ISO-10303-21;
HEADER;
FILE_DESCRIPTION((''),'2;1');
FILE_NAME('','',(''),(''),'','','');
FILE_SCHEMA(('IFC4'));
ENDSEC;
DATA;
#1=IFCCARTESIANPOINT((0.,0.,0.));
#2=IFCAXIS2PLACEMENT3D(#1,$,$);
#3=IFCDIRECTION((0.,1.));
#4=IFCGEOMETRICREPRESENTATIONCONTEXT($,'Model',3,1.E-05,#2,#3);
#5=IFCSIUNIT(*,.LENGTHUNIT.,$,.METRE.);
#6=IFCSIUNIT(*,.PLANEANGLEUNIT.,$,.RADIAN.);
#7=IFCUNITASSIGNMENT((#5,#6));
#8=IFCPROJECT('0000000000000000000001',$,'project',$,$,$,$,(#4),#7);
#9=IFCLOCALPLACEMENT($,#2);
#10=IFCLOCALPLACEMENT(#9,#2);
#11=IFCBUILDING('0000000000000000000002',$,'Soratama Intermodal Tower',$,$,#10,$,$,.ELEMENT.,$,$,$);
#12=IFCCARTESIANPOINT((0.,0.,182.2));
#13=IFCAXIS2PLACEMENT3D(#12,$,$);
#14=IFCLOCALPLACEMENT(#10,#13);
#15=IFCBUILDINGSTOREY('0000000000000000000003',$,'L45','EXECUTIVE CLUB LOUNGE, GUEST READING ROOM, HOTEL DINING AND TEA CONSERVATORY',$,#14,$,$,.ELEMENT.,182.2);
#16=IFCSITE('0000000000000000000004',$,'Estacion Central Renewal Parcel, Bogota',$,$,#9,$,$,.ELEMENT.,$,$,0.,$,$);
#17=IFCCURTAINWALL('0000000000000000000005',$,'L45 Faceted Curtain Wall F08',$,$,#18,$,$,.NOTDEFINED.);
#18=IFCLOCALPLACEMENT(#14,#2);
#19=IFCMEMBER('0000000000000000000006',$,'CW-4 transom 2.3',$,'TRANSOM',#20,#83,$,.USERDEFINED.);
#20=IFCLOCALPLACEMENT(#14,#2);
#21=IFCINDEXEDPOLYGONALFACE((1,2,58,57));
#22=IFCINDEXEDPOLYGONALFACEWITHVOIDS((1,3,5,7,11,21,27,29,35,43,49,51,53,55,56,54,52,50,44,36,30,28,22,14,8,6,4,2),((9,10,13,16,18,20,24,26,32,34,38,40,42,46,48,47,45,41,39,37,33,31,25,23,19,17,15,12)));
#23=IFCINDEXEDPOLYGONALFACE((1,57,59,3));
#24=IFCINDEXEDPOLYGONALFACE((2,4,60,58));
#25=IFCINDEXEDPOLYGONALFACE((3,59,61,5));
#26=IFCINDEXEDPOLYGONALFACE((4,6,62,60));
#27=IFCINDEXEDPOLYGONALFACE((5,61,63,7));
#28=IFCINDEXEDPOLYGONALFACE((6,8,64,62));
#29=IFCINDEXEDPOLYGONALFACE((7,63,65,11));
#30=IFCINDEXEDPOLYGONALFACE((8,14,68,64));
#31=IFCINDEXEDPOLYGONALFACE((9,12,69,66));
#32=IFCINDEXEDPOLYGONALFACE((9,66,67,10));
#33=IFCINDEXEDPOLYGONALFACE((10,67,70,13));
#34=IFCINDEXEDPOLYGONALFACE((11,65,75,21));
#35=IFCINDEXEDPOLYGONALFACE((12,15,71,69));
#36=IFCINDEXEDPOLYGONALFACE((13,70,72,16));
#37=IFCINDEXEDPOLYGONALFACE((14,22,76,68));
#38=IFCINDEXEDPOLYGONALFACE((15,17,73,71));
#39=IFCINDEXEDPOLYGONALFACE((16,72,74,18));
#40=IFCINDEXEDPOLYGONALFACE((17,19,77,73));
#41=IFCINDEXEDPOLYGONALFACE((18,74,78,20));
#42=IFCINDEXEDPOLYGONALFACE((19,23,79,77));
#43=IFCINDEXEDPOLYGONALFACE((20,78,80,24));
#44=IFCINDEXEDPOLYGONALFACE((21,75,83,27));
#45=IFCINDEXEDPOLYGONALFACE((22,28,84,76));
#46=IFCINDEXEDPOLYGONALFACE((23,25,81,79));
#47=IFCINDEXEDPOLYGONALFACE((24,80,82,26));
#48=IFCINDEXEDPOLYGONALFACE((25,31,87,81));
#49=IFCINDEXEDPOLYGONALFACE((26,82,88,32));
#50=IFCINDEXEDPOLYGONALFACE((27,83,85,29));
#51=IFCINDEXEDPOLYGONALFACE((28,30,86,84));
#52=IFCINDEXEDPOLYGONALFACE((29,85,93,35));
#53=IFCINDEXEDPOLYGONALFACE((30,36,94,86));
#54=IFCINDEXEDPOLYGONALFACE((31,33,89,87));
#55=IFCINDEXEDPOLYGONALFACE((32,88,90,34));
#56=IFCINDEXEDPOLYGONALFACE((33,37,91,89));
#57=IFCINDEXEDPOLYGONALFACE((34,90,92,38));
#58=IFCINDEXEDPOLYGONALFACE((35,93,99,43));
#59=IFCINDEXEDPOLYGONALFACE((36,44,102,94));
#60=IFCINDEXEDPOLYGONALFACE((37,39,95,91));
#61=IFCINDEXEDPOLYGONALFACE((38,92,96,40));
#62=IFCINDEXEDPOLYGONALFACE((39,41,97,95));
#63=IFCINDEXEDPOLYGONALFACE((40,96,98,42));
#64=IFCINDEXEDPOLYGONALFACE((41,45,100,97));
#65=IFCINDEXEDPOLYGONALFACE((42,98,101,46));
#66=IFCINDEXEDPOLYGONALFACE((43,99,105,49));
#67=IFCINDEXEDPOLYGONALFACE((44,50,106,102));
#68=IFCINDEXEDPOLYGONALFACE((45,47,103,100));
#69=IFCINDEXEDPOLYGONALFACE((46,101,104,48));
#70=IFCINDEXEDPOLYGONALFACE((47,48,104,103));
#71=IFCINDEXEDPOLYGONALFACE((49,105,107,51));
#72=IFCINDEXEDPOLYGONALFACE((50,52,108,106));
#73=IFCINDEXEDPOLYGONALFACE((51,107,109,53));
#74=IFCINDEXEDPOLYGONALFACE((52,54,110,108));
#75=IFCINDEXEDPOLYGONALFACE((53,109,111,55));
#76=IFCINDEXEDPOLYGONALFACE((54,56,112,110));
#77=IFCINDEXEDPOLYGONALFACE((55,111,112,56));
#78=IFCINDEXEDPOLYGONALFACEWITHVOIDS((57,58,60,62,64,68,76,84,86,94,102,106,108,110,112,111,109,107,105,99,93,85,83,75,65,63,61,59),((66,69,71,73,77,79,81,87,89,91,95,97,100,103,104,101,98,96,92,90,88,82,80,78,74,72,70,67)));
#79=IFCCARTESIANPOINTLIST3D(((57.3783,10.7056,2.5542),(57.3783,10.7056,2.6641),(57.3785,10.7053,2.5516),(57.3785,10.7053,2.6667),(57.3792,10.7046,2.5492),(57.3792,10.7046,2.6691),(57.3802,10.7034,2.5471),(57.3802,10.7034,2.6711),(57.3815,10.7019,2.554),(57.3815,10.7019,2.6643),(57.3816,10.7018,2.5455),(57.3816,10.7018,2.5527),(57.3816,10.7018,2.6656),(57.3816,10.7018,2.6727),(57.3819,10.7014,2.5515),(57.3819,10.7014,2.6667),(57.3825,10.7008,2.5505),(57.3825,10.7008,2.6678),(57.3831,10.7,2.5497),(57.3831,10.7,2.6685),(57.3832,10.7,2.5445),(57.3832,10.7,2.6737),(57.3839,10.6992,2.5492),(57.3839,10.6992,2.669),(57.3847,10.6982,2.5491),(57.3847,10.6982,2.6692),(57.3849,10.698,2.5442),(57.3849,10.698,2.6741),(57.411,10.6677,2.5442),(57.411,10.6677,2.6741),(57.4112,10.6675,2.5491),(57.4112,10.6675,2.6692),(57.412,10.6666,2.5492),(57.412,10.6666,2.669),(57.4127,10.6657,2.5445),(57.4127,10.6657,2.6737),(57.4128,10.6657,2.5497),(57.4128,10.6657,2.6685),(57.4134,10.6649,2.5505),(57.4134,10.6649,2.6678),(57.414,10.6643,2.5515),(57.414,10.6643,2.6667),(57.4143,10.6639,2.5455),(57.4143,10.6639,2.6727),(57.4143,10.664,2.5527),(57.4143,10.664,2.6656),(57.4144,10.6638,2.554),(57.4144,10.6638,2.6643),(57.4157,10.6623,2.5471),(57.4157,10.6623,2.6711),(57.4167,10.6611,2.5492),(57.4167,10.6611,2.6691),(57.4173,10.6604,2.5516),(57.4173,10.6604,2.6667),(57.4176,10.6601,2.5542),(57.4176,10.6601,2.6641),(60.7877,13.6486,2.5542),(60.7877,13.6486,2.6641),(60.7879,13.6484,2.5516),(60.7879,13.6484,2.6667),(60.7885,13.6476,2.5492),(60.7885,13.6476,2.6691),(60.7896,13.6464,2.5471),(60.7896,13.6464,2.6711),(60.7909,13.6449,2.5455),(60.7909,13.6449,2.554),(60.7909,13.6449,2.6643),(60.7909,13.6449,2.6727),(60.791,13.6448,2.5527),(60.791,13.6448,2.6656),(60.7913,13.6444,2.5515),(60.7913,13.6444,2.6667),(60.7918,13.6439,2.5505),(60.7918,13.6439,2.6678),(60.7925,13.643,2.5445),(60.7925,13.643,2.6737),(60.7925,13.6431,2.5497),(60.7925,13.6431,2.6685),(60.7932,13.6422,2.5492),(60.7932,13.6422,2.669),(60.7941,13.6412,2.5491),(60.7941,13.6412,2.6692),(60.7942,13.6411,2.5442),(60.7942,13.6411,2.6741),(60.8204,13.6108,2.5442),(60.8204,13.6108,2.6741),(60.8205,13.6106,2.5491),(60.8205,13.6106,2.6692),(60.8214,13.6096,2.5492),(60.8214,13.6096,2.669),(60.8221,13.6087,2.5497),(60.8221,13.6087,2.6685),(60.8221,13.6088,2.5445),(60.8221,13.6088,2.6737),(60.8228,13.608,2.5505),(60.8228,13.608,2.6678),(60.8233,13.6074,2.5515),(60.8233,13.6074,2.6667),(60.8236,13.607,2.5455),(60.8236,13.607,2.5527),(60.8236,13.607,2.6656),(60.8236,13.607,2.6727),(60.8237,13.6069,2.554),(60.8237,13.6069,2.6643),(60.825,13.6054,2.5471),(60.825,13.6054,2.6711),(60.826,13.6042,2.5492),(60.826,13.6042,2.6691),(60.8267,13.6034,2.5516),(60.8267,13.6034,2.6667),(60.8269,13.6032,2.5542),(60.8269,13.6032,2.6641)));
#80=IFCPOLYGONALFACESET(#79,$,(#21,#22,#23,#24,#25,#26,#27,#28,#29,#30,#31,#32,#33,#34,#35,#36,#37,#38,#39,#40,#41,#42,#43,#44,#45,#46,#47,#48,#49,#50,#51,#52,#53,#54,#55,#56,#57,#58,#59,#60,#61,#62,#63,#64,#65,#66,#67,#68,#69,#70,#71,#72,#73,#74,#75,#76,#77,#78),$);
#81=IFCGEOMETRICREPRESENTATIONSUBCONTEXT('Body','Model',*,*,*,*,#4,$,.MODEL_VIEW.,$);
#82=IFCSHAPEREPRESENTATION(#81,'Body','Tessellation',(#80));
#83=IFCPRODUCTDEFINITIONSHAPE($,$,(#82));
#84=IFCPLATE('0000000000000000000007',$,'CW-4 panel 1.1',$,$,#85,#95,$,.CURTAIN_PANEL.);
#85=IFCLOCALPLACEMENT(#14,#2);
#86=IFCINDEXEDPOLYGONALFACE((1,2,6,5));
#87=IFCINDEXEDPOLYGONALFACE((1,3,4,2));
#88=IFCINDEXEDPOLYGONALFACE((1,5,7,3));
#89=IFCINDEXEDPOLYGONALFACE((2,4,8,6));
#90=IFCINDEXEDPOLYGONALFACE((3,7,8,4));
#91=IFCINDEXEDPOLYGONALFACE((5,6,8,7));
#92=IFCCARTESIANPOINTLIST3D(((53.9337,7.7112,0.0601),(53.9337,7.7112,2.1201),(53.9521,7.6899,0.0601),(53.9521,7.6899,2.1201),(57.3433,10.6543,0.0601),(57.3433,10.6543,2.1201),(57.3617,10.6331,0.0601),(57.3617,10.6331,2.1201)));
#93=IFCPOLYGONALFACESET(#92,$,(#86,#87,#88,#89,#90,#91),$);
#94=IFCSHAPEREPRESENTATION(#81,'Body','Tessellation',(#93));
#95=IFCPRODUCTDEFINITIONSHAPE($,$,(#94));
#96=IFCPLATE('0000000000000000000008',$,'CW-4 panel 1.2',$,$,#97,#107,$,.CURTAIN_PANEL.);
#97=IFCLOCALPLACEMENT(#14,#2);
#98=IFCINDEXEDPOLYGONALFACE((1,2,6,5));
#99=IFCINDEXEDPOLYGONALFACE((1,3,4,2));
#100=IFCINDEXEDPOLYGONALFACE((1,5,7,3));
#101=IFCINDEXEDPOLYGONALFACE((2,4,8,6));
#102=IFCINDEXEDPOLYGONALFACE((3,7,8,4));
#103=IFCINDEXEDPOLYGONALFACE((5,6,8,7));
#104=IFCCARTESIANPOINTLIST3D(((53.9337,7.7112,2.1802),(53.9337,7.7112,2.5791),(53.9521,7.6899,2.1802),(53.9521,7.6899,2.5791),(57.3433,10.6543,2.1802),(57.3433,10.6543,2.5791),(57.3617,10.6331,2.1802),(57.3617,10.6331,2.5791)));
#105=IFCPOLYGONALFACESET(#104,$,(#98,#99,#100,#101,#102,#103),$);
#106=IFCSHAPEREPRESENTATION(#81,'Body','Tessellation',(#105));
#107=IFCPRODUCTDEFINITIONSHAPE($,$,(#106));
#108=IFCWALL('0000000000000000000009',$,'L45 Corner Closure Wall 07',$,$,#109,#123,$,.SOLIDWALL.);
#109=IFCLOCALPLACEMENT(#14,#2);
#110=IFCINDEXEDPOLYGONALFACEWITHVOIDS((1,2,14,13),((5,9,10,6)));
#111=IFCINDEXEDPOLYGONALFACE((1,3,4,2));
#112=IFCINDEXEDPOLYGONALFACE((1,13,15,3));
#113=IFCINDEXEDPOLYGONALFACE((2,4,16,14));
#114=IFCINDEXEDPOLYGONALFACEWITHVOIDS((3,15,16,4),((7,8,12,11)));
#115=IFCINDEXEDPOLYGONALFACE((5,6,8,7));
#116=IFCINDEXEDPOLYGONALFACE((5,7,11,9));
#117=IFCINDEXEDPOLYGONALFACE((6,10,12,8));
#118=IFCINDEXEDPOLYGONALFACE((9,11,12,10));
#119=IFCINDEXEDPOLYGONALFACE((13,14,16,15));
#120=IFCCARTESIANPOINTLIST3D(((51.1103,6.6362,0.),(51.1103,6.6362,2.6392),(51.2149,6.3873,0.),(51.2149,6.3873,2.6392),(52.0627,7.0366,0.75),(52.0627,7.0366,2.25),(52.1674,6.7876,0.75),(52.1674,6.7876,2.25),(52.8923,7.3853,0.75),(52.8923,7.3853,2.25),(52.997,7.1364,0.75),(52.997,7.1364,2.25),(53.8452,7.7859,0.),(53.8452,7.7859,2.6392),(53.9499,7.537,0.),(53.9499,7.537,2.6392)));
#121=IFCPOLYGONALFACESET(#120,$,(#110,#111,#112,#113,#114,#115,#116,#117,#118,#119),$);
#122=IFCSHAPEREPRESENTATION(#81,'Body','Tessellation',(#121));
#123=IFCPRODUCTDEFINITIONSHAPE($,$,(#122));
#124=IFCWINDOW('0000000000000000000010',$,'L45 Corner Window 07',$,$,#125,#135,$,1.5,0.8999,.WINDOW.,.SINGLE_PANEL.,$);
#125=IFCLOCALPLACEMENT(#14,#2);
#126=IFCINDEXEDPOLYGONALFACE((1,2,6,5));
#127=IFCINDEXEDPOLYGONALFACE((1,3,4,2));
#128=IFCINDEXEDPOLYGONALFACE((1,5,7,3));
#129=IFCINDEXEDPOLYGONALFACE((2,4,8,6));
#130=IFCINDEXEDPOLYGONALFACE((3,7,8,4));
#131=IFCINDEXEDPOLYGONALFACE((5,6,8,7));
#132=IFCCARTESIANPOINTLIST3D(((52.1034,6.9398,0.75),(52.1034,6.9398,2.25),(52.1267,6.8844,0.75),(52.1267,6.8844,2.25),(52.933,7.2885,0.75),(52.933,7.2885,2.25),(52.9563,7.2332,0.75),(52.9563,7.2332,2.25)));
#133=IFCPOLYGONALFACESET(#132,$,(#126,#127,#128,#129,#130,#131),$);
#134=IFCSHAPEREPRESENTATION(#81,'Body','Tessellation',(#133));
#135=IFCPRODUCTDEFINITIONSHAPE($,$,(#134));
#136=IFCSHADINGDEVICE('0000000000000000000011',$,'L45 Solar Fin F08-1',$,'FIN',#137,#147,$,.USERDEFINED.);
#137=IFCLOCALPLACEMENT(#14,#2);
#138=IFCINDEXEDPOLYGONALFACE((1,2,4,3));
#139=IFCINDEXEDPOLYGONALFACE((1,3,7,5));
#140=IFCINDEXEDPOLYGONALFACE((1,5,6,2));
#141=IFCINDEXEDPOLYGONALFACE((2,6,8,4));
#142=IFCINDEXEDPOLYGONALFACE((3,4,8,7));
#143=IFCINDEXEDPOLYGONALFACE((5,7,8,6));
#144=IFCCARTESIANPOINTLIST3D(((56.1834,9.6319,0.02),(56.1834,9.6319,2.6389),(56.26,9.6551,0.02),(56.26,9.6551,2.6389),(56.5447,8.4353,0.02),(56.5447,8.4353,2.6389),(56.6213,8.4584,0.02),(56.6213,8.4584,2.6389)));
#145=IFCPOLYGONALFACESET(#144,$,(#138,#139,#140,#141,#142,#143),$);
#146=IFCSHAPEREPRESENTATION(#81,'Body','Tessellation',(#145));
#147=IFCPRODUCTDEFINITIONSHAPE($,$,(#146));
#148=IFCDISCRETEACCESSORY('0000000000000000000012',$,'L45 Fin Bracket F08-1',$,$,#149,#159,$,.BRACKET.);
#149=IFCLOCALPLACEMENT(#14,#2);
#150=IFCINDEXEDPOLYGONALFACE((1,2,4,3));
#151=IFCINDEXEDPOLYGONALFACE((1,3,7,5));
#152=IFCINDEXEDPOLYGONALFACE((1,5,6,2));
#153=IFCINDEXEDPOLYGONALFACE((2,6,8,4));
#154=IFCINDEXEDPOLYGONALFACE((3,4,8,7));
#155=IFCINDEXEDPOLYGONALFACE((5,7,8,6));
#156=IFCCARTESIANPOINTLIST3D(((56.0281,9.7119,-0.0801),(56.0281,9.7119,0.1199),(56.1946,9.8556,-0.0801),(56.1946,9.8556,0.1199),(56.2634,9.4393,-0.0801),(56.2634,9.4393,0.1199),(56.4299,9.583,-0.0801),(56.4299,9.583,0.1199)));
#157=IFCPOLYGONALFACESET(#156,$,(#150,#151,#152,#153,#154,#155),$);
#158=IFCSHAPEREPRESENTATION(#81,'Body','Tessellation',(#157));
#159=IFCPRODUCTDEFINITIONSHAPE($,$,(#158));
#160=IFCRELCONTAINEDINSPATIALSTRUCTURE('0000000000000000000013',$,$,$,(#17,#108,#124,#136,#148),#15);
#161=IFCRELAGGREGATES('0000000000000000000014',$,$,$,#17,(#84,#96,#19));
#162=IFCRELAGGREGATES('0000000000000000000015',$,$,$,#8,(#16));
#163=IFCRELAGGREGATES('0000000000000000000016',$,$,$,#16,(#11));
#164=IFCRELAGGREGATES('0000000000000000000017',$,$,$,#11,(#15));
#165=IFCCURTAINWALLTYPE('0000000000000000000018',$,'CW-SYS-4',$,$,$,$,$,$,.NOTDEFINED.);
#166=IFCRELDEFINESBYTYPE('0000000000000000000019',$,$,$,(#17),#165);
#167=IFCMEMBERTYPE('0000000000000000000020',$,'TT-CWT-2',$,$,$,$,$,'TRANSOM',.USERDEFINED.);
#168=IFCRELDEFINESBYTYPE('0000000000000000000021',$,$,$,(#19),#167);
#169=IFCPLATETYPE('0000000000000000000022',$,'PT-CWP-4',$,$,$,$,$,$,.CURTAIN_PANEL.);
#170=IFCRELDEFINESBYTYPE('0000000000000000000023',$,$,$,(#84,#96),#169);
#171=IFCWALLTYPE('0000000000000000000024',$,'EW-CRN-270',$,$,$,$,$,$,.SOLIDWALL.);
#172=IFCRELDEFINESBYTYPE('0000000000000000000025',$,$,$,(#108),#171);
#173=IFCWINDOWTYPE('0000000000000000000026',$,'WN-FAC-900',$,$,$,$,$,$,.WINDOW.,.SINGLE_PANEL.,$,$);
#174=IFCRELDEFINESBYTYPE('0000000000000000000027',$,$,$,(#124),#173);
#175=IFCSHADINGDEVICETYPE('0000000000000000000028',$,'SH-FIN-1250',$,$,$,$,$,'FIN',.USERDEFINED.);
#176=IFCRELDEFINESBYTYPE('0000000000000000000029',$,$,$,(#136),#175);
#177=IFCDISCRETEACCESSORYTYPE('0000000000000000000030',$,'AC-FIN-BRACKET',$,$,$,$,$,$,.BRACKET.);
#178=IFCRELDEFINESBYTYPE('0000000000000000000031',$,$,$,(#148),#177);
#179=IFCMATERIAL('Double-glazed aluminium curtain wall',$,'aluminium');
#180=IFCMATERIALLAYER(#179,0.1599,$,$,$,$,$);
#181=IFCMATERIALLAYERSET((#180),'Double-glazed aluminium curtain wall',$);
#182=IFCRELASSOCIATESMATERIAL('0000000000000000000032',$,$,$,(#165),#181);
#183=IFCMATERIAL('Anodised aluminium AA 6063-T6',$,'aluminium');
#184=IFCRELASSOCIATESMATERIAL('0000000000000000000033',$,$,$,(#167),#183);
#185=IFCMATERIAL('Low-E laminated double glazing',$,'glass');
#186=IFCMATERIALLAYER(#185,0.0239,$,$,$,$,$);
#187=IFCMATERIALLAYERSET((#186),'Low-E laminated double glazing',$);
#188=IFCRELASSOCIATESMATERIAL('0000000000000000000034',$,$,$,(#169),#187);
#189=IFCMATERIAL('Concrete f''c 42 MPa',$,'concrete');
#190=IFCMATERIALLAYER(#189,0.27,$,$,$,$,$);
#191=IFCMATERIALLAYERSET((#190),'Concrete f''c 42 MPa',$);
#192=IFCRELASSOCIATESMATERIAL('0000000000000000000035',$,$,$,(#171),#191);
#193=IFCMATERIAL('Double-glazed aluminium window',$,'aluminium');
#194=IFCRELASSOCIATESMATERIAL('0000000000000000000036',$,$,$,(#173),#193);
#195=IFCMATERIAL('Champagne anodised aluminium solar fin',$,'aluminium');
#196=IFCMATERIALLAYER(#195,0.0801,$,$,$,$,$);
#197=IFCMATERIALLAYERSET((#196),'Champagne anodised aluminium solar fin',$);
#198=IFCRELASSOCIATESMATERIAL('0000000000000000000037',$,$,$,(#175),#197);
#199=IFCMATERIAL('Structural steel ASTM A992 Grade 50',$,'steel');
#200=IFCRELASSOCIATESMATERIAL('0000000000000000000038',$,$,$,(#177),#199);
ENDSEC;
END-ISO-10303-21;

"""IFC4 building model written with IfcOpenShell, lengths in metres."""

from ifc_helpers import new_model, si_unit, direction, frame, frame_2d, origin, origin_2d, place, context, subcontext, project, spatial, rectangle, hollow_rectangle, extrude, material, layer, layer_set, material_profile, profile_set, type_object, element, fill, aggregate, save


model = new_model("IFC4")

# Units and contexts
model_context = context("Model", 3, precision=1e-05, world=origin(), true_north=direction((0.0, 1.0)))
body_context = subcontext(model_context, "Body", "Model", "MODEL_VIEW")
ifc_project = project(units=[si_unit("LENGTHUNIT", "METRE"), si_unit("PLANEANGLEUNIT", "RADIAN")], contexts=[model_context])

# Site, building, storey
site_placement = place(None, origin())
site = spatial("IfcSite", under=ifc_project, at=site_placement, Name="Estacion Central Renewal Parcel, Bogota", CompositionType="ELEMENT", RefElevation=0.0)
building_placement = place(site_placement, origin())
building = spatial("IfcBuilding", under=site, at=building_placement, Name="Soratama Intermodal Tower", CompositionType="ELEMENT")
storey_placement = place(building_placement, frame((0.0, 0.0, 182.2)))
storey = spatial("IfcBuildingStorey", under=building, at=storey_placement, Name="L45", Description="EXECUTIVE CLUB LOUNGE, GUEST READING ROOM, HOTEL DINING AND TEA CONSERVATORY", CompositionType="ELEMENT", Elevation=182.2)

# Curtain wall, member, plates
ifc_material_1 = material(Name="Double-glazed aluminium curtain wall", Category="aluminium")
ifc_layer_1 = layer(ifc_material_1, 0.1599)
ifc_layer_set_1 = layer_set([ifc_layer_1], Name="Double-glazed aluminium curtain wall")
curtain_wall_type = type_object("IfcCurtainWallType", Name="CW-SYS-4", PredefinedType="NOTDEFINED", material=ifc_layer_set_1)
curtain_wall_placement = place(storey_placement, origin())
curtain_wall = element("IfcCurtainWall", 1, at=curtain_wall_placement, inside=storey, type_object=curtain_wall_type, Name="L45 Faceted Curtain Wall F08", PredefinedType="NOTDEFINED")
ifc_material_2 = material(Name="Anodised aluminium AA 6063-T6", Category="aluminium")
ifc_material_profile_1 = material_profile(ifc_material_2, hollow_rectangle(XDim=0.0601, YDim=0.1299, WallThickness=0.0049, InnerFilletRadius=0.0049, OuterFilletRadius=0.01, at=origin_2d()), Name="CWT130X60X5")
ifc_profile_set_1 = profile_set([ifc_material_profile_1], Name="Anodised aluminium AA 6063-T6")
member_type_1 = type_object("IfcMemberType", Name="TT-CWT-2", ElementType="TRANSOM", PredefinedType="USERDEFINED", material=ifc_profile_set_1)
member_1_placement = place(storey_placement, frame((57.3979, 10.6829, 2.6091), z_axis=(0.756975, 0.653443, 0.0), x_axis=(-0.653443, 0.756975, 0.0)))
member_1 = element("IfcMember", 2, at=member_1_placement, type_object=member_type_1, Name="CW-4 transom 2.3", ObjectType="TRANSOM", PredefinedType="USERDEFINED", context=body_context, shape_type="SweptSolid", body=[
    extrude(hollow_rectangle(XDim=0.0601, YDim=0.1299, WallThickness=0.0049, InnerFilletRadius=0.0049, OuterFilletRadius=0.01, at=origin_2d()), origin(), (0.0, 0.0, 1.0), 4.5039),
])
ifc_material_3 = material(Name="Low-E laminated double glazing", Category="glass")
ifc_layer_2 = layer(ifc_material_3, 0.0239)
ifc_layer_set_2 = layer_set([ifc_layer_2], Name="Low-E laminated double glazing")
plate_type = type_object("IfcPlateType", Name="PT-CWP-4", PredefinedType="CURTAIN_PANEL", material=ifc_layer_set_2)
plate_1_placement = place(storey_placement, frame((55.6477, 9.1721, 0.0601), z_axis=(0.0, 0.0, 1.0), x_axis=(0.756993, 0.653423, 0.0)))
plate_1 = element("IfcPlate", 3, at=plate_1_placement, type_object=plate_type, Name="CW-4 panel 1.1", PredefinedType="CURTAIN_PANEL", context=body_context, shape_type="SweptSolid", body=[
    extrude(rectangle(XDim=4.5042, YDim=0.0281, at=origin_2d()), origin(), (0.0, 0.0, 1.0), 2.0601),
])
plate_2_placement = place(storey_placement, frame((55.6477, 9.1721, 2.1802), z_axis=(0.0, 0.0, 1.0), x_axis=(0.756993, 0.653423, 0.0)))
plate_2 = element("IfcPlate", 4, at=plate_2_placement, type_object=plate_type, Name="CW-4 panel 1.2", PredefinedType="CURTAIN_PANEL", context=body_context, shape_type="SweptSolid", body=[
    extrude(rectangle(XDim=4.5042, YDim=0.0281, at=origin_2d()), origin(), (0.0, 0.0, 1.0), 0.3989),
])
aggregate(curtain_wall, [plate_1, plate_2, member_1])

# Wall, opening, window
ifc_material_4 = material(Name="Concrete f'c 42 MPa", Category="concrete")
ifc_layer_3 = layer(ifc_material_4, 0.27)
ifc_layer_set_3 = layer_set([ifc_layer_3], Name="Concrete f'c 42 MPa")
wall_type = type_object("IfcWallType", Name="EW-CRN-270", PredefinedType="SOLIDWALL", material=ifc_layer_set_3)
wall_placement = place(storey_placement, frame((51.1626, 6.5117, 0.0), z_axis=(0.0, 0.0, 1.0), x_axis=(0.92186, 0.387523, 0.0)))
wall = element("IfcWall", 5, at=wall_placement, inside=storey, type_object=wall_type, Name="L45 Corner Closure Wall 07", PredefinedType="SOLIDWALL", context=body_context, shape_type="SweptSolid", body=[
    extrude(rectangle(XDim=2.9668, YDim=0.27, at=frame_2d((1.4834, 0.0))), origin(), (0.0, 0.0, 1.0), 2.6392),
])
opening_placement = place(wall_placement, frame((1.0332, 0.0, 0.75)))
opening = element("IfcOpeningElement", 6, at=opening_placement, cuts=wall, PredefinedType="OPENING", context=body_context, shape_type="SweptSolid", body=[
    extrude(rectangle(XDim=0.8999, YDim=1.5, at=frame_2d((0.45, 0.75))), frame((0.0, 0.145, 0.0), z_axis=(0.0, -1.0, 0.0), x_axis=(1.0, 0.0, 0.0)), (0.0, 0.0, 1.0), 0.29),
])
ifc_material_5 = material(Name="Double-glazed aluminium window", Category="aluminium")
window_type = type_object("IfcWindowType", Name="WN-FAC-900", PartitioningType="SINGLE_PANEL", PredefinedType="WINDOW", material=ifc_material_5)
window_placement = place(opening_placement, origin())
window = element("IfcWindow", 7, at=window_placement, inside=storey, type_object=window_type, Name="L45 Corner Window 07", OverallHeight=1.5, OverallWidth=0.8999, PartitioningType="SINGLE_PANEL", PredefinedType="WINDOW", context=body_context, shape_type="SweptSolid", body=[
    extrude(rectangle(XDim=0.8999, YDim=1.5, at=frame_2d((0.45, 0.75))), frame((0.0, 0.03, 0.0), z_axis=(0.0, -1.0, 0.0), x_axis=(1.0, 0.0, 0.0)), (0.0, 0.0, 1.0), 0.0601),
])
fill(opening, window)

# Shading device
ifc_material_6 = material(Name="Champagne anodised aluminium solar fin", Category="aluminium")
ifc_layer_4 = layer(ifc_material_6, 0.0801)
ifc_layer_set_4 = layer_set([ifc_layer_4], Name="Champagne anodised aluminium solar fin")
shading_device_type = type_object("IfcShadingDeviceType", Name="SH-FIN-1250", ElementType="FIN", PredefinedType="USERDEFINED", material=ifc_layer_set_4)
shading_device_placement = place(storey_placement, frame((56.4023, 9.0452, 0.02), z_axis=(0.0, 0.0, 1.0), x_axis=(0.289032, -0.957319, 0.0)))
element("IfcShadingDevice", 8, at=shading_device_placement, inside=storey, type_object=shading_device_type, Name="L45 Solar Fin F08-1", ObjectType="FIN", PredefinedType="USERDEFINED", context=body_context, shape_type="SweptSolid", body=[
    extrude(rectangle(XDim=1.25, YDim=0.0801, at=origin_2d()), origin(), (0.0, 0.0, 1.0), 2.6189),
])

# Discrete accessory
ifc_material_7 = material(Name="Structural steel ASTM A992 Grade 50", Category="steel")
discrete_accessory_type = type_object("IfcDiscreteAccessoryType", Name="AC-FIN-BRACKET", PredefinedType="BRACKET", material=ifc_material_7)
discrete_accessory_placement = place(storey_placement, frame((56.229, 9.6475, -0.0801), z_axis=(0.0, 0.0, 1.0), x_axis=(0.653421, -0.756995, 0.0)))
element("IfcDiscreteAccessory", 9, at=discrete_accessory_placement, inside=storey, type_object=discrete_accessory_type, Name="L45 Fin Bracket F08-1", PredefinedType="BRACKET", context=body_context, shape_type="SweptSolid", body=[
    extrude(rectangle(XDim=0.3601, YDim=0.22, at=origin_2d()), origin(), (0.0, 0.0, 1.0), 0.2),
])

save(model, "model.ifc")
